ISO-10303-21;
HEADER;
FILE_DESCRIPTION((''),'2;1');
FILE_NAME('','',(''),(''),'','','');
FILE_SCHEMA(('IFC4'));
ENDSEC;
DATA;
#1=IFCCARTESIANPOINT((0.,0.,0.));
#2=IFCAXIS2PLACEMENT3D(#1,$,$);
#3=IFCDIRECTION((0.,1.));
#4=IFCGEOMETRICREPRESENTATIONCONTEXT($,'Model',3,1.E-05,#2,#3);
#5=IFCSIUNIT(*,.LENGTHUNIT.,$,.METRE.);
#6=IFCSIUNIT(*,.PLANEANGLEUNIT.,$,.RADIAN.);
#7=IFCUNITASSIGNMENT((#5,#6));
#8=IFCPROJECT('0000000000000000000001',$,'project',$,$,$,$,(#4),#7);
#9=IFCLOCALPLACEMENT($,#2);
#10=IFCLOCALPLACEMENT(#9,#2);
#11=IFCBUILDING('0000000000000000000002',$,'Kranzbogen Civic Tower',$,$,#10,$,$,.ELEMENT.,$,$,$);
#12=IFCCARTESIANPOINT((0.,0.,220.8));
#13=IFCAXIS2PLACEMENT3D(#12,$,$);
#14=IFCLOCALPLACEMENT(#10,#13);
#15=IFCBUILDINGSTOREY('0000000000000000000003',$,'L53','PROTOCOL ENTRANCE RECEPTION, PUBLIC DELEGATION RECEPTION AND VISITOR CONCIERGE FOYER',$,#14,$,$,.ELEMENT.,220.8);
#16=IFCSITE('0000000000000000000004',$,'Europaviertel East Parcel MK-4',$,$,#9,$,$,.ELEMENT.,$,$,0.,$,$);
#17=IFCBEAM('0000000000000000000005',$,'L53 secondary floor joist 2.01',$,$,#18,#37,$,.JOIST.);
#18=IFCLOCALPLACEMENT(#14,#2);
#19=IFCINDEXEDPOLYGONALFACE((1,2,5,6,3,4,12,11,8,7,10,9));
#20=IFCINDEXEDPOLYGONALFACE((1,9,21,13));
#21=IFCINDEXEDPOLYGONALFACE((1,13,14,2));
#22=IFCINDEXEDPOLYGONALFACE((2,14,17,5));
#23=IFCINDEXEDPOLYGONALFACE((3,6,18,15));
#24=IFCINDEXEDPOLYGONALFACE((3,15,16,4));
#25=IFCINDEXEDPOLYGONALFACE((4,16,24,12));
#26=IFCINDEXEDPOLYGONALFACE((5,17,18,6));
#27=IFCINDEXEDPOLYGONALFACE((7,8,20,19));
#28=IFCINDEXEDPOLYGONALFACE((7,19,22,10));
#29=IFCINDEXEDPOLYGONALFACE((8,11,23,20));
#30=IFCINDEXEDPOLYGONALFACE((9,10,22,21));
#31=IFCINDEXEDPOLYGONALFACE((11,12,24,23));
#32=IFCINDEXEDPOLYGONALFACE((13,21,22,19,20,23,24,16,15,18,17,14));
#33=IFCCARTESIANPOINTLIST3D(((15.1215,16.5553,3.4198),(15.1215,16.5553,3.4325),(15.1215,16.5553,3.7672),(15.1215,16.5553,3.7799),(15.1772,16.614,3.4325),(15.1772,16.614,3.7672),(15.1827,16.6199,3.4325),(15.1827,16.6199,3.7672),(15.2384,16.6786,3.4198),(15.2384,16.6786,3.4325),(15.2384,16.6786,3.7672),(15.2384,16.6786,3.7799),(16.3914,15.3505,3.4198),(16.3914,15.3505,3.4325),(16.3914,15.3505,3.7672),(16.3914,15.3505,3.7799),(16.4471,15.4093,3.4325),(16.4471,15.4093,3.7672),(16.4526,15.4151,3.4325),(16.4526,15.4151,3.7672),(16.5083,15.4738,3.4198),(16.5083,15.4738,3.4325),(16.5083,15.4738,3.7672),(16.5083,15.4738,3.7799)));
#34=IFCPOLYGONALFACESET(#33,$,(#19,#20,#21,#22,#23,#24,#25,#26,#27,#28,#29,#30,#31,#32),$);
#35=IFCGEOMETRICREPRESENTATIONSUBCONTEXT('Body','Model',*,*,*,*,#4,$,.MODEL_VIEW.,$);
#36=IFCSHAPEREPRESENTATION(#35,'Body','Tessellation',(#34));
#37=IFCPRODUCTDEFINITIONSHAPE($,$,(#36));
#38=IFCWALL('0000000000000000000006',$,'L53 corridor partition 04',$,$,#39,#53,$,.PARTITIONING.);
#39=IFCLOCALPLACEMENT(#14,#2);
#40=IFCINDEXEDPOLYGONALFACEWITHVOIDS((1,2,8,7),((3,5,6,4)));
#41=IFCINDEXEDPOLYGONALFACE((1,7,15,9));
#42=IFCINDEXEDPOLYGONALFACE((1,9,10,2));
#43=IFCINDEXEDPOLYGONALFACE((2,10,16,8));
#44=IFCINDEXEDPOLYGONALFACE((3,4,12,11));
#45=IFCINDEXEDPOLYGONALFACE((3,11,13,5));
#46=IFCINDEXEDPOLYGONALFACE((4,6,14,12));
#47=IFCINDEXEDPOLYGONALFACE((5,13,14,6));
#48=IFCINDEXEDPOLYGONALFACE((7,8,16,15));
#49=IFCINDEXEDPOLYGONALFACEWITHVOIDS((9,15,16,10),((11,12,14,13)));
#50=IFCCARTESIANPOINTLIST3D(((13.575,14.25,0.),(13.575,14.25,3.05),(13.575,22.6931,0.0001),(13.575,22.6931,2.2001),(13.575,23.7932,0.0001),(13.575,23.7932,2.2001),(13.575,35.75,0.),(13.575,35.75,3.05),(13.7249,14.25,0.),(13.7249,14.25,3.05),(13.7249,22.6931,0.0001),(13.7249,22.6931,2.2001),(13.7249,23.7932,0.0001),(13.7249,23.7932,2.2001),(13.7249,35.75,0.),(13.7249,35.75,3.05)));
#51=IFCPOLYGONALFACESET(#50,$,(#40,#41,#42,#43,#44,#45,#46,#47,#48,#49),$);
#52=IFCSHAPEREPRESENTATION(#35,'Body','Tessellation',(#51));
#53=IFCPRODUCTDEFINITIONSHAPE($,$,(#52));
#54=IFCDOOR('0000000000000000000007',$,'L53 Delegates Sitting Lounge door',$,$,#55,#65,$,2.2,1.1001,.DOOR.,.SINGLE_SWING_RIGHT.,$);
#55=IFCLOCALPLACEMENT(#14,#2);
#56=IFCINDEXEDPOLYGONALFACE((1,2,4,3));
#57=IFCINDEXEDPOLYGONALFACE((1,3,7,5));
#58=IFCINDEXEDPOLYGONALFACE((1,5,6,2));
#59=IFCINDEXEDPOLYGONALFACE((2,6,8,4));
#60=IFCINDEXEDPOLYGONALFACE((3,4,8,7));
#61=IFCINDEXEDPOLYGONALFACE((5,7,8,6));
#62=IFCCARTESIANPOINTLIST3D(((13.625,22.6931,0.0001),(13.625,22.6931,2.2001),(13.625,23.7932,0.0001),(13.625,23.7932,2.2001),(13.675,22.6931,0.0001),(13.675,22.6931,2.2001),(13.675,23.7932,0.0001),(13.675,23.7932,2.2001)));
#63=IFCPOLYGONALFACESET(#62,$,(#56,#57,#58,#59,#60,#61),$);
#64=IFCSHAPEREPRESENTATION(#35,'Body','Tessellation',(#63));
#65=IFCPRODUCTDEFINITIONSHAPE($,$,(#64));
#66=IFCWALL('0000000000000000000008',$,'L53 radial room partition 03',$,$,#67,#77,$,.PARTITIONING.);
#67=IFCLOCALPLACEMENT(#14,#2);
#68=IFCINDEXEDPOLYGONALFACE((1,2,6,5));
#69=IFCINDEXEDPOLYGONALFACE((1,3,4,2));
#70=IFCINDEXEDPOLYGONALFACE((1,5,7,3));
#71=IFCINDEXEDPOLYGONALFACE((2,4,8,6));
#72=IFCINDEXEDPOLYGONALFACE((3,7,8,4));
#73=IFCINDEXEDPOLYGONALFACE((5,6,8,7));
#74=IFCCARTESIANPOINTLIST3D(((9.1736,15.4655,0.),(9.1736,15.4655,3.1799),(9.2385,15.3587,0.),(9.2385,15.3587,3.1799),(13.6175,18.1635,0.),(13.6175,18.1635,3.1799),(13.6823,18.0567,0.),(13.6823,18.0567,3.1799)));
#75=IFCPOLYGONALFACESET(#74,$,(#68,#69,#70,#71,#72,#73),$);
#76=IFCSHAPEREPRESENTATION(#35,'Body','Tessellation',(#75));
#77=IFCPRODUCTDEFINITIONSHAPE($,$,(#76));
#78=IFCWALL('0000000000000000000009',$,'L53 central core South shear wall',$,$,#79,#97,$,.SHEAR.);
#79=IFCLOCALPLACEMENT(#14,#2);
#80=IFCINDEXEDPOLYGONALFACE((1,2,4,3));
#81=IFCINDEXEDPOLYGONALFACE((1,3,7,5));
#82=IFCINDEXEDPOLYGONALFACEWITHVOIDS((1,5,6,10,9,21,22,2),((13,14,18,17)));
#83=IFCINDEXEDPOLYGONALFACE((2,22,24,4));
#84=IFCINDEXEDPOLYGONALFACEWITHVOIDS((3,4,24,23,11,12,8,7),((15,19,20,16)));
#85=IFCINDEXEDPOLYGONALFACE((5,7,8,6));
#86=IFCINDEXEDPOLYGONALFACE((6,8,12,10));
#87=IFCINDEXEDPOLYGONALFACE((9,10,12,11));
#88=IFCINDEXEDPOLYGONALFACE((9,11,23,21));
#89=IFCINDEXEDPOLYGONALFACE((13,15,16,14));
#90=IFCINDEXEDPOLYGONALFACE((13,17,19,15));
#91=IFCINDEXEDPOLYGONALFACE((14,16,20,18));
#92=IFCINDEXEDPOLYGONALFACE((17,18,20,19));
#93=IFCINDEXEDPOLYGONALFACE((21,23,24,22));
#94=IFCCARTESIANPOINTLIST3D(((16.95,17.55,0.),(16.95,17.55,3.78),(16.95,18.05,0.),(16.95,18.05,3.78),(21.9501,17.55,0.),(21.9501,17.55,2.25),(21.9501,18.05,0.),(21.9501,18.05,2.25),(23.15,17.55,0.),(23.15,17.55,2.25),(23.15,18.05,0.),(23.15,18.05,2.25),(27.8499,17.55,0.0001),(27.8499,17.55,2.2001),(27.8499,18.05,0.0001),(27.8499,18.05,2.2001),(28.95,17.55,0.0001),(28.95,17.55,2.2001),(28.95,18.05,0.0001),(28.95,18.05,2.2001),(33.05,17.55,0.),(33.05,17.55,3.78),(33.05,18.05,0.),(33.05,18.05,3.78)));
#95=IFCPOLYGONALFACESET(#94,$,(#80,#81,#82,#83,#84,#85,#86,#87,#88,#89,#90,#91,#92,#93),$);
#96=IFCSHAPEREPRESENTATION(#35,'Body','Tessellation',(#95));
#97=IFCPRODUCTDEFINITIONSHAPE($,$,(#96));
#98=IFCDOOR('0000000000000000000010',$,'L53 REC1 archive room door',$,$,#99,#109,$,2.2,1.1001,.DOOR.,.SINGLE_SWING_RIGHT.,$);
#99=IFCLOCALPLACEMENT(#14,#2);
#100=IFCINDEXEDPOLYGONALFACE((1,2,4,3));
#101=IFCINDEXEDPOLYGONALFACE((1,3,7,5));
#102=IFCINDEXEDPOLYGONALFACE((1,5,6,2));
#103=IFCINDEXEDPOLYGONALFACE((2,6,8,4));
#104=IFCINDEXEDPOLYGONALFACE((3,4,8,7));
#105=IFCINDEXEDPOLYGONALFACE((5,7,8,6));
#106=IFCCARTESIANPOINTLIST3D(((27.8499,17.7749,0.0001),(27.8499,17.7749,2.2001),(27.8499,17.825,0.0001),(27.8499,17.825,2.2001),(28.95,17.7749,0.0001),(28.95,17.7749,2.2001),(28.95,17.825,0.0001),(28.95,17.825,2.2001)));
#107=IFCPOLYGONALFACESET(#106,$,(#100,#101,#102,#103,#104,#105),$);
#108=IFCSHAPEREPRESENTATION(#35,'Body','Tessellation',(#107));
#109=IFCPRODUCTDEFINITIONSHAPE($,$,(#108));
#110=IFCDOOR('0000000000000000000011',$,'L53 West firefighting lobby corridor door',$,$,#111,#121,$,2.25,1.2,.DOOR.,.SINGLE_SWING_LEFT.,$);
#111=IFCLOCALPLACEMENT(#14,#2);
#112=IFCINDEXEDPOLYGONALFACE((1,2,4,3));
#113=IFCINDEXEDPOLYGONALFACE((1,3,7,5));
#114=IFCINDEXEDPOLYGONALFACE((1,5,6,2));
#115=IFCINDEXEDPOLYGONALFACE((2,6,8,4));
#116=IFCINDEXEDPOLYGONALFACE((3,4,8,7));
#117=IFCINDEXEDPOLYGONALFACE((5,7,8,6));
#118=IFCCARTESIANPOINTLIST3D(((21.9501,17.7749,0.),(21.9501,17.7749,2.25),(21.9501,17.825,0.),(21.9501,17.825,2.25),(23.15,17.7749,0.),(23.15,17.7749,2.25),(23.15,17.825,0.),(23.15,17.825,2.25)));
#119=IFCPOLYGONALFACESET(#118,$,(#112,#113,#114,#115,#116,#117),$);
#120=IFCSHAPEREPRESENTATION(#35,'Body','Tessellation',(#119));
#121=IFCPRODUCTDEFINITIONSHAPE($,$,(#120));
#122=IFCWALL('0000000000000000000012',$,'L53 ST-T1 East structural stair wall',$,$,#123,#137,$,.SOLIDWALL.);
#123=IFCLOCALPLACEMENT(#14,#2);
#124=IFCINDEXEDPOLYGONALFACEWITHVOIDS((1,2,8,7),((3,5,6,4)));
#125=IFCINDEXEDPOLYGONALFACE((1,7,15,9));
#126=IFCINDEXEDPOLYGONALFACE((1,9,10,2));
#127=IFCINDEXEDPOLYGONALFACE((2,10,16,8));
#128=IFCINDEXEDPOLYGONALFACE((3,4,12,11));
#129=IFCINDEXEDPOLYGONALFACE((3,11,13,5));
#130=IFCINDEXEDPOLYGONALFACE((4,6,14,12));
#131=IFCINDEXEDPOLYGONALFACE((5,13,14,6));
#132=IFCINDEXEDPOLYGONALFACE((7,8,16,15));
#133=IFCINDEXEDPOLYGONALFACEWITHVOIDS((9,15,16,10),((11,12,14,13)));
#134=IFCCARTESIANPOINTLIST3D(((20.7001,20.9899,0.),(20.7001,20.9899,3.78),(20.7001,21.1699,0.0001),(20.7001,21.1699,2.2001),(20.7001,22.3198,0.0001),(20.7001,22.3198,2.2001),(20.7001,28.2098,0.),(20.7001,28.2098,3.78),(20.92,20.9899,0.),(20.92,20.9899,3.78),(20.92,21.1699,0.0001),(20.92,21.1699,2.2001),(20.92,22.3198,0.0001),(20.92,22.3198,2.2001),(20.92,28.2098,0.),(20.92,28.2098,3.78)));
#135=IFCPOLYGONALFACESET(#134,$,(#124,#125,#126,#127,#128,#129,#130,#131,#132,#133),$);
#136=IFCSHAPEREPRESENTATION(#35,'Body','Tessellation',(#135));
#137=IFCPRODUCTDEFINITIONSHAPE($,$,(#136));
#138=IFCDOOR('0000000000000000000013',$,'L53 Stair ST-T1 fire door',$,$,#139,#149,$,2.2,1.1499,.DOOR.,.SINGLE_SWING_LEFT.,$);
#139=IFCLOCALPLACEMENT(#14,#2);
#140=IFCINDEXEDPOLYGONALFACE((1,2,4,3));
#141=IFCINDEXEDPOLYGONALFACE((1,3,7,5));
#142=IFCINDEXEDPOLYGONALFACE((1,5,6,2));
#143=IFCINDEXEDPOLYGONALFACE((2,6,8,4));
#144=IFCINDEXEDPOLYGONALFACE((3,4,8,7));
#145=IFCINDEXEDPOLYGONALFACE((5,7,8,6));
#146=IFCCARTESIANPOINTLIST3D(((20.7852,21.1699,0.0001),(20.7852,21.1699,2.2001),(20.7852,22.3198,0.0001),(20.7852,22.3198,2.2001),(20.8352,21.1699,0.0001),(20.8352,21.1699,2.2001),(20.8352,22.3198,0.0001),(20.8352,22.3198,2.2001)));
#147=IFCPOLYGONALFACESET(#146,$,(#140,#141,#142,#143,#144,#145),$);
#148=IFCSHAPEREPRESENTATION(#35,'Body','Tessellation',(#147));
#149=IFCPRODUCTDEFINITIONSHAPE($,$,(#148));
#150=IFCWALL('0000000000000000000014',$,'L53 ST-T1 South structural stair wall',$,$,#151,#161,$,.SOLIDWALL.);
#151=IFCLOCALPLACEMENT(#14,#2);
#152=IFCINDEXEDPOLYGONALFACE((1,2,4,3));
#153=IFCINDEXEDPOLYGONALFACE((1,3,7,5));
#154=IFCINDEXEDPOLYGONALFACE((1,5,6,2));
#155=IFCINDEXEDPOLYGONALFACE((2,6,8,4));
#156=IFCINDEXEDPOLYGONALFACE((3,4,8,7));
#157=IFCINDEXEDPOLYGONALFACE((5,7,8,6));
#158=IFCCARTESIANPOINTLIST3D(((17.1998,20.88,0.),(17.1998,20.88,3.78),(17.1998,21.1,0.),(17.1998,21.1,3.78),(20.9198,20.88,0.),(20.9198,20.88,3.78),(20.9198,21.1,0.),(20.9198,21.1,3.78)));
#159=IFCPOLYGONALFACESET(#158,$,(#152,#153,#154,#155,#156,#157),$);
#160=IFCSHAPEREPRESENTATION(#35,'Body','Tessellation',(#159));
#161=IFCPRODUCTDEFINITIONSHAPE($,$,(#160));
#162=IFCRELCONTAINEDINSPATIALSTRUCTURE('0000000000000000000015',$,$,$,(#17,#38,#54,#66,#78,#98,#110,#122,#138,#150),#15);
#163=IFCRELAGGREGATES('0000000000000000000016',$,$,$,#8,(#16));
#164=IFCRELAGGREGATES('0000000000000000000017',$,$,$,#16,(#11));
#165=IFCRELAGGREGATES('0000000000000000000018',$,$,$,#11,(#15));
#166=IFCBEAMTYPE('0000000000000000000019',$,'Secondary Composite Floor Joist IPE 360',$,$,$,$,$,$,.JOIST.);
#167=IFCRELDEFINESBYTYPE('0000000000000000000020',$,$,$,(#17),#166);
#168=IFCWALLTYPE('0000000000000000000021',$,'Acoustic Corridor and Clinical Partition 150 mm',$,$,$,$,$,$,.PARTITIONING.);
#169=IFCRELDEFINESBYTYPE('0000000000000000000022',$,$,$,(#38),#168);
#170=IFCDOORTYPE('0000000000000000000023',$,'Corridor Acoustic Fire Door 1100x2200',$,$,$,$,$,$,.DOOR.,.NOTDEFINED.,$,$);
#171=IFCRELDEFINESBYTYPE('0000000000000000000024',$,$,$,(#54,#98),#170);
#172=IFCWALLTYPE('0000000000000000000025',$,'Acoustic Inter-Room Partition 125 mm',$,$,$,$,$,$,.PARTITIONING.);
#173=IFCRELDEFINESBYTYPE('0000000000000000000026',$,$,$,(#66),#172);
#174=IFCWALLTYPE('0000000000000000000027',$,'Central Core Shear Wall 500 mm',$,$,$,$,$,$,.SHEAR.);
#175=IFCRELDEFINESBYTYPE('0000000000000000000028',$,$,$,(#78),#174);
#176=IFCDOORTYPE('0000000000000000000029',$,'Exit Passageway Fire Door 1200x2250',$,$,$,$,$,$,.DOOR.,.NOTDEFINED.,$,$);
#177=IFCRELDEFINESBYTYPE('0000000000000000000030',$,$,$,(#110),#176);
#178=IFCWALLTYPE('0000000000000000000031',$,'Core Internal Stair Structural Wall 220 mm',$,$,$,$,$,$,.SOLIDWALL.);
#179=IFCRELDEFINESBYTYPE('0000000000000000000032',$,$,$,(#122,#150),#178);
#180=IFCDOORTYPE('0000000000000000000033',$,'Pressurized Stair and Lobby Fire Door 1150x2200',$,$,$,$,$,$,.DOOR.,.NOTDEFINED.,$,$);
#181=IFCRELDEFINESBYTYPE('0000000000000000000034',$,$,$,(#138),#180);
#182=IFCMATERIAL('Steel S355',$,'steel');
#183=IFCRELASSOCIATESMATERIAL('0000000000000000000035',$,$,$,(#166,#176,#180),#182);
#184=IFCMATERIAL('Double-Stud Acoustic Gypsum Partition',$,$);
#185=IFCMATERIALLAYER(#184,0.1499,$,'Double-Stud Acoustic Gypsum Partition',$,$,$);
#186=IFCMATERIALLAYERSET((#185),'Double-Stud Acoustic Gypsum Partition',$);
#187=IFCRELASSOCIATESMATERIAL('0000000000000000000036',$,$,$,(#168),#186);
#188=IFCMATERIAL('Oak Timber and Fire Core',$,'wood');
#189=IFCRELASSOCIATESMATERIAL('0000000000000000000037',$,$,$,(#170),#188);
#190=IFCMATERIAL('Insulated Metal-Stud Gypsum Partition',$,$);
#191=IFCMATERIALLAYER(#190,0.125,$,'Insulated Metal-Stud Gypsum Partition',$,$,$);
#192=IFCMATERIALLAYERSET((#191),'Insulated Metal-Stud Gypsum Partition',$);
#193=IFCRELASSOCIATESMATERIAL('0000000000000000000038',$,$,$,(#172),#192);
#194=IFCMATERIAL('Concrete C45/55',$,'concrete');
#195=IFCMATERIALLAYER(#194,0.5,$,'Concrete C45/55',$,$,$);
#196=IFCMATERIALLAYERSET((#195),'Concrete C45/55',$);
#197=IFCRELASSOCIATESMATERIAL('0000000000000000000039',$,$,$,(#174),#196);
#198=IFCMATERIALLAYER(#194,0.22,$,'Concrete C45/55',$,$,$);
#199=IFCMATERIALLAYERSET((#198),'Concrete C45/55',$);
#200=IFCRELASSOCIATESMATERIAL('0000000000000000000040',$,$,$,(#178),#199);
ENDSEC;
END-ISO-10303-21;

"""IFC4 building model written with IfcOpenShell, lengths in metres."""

from ifc_helpers import new_model, si_unit, direction, frame, frame_2d, origin, origin_2d, place, context, subcontext, project, spatial, rectangle, i_section, extrude, material, layer, layer_set, material_profile, profile_set, type_object, element, fill, save


model = new_model("IFC4")

# Units and contexts
model_context = context("Model", 3, precision=1e-05, world=origin(), true_north=direction((0.0, 1.0)))
body_context = subcontext(model_context, "Body", "Model", "MODEL_VIEW")
ifc_project = project(units=[si_unit("LENGTHUNIT", "METRE"), si_unit("PLANEANGLEUNIT", "RADIAN")], contexts=[model_context])

# Site, building, storey
site_placement = place(None, origin())
site = spatial("IfcSite", under=ifc_project, at=site_placement, Name="Europaviertel East Parcel MK-4", CompositionType="ELEMENT", RefElevation=0.0)
building_placement = place(site_placement, origin())
building = spatial("IfcBuilding", under=site, at=building_placement, Name="Kranzbogen Civic Tower", CompositionType="ELEMENT")
storey_placement = place(building_placement, frame((0.0, 0.0, 220.8)))
storey = spatial("IfcBuildingStorey", under=building, at=storey_placement, Name="L53", Description="PROTOCOL ENTRANCE RECEPTION, PUBLIC DELEGATION RECEPTION AND VISITOR CONCIERGE FOYER", CompositionType="ELEMENT", Elevation=220.8)

# Shared definitions
ifc_material_1 = material(Name="Steel S355", Category="steel")

# Beam
ifc_material_profile_1 = material_profile(ifc_material_1, i_section(OverallWidth=0.1699, OverallDepth=0.3601, WebThickness=0.0081, FlangeThickness=0.0127, at=origin_2d()), Name="IPE 360")
ifc_profile_set_1 = profile_set([ifc_material_profile_1], Name="Steel S355")
beam_type_1 = type_object("IfcBeamType", Name="Secondary Composite Floor Joist IPE 360", PredefinedType="JOIST", material=ifc_profile_set_1)
beam_1_placement = place(storey_placement, frame((15.1799, 16.6169, 3.5999), z_axis=(0.72548, -0.688243, 0.0), x_axis=(0.688243, 0.72548, 0.0)))
element("IfcBeam", 1, at=beam_1_placement, inside=storey, type_object=beam_type_1, Name="L53 secondary floor joist 2.01", PredefinedType="JOIST", context=body_context, shape_type="SweptSolid", body=[
    extrude(i_section(OverallWidth=0.1699, OverallDepth=0.3601, WebThickness=0.0081, FlangeThickness=0.0127, at=origin_2d()), origin(), (0.0, 0.0, 1.0), 1.7505),
])

# Wall, opening, door
ifc_material_2 = material(Name="Double-Stud Acoustic Gypsum Partition")
ifc_layer_1 = layer(ifc_material_2, 0.1499, Name="Double-Stud Acoustic Gypsum Partition")
ifc_layer_set_1 = layer_set([ifc_layer_1], Name="Double-Stud Acoustic Gypsum Partition")
wall_type_1 = type_object("IfcWallType", Name="Acoustic Corridor and Clinical Partition 150 mm", PredefinedType="PARTITIONING", material=ifc_layer_set_1)
wall_1_placement = place(storey_placement, frame((13.6499, 14.25, 0.0), z_axis=(0.0, 0.0, 1.0), x_axis=(0.0, 1.0, 0.0)))
wall_1 = element("IfcWall", 2, at=wall_1_placement, inside=storey, type_object=wall_type_1, Name="L53 corridor partition 04", PredefinedType="PARTITIONING", context=body_context, shape_type="SweptSolid", body=[
    extrude(rectangle(XDim=21.5, YDim=0.1499, at=frame_2d((10.75, 0.0))), origin(), (0.0, 0.0, 1.0), 3.05),
])
opening_1_placement = place(wall_1_placement, frame((8.4431, 0.0, 0.0)))
opening_1 = element("IfcOpeningElement", 3, at=opening_1_placement, cuts=wall_1, PredefinedType="OPENING", context=body_context, shape_type="SweptSolid", body=[
    extrude(rectangle(XDim=1.1001, YDim=2.2, at=frame_2d((0.55, 1.1001))), frame((0.0, 0.085, 0.0), z_axis=(0.0, -1.0, 0.0), x_axis=(1.0, 0.0, 0.0)), (0.0, 0.0, 1.0), 0.1699),
])
ifc_material_3 = material(Name="Oak Timber and Fire Core", Category="wood")
door_type_1 = type_object("IfcDoorType", Name="Corridor Acoustic Fire Door 1100x2200", OperationType="NOTDEFINED", PredefinedType="DOOR", material=ifc_material_3)
door_1_placement = place(opening_1_placement, origin())
door_1 = element("IfcDoor", 4, at=door_1_placement, inside=storey, type_object=door_type_1, Name="L53 Delegates Sitting Lounge door", OperationType="SINGLE_SWING_RIGHT", OverallHeight=2.2, OverallWidth=1.1001, PredefinedType="DOOR", context=body_context, shape_type="SweptSolid", body=[
    extrude(rectangle(XDim=1.1001, YDim=2.2, at=frame_2d((0.55, 1.1001))), frame((0.0, 0.0249, 0.0), z_axis=(0.0, -1.0, 0.0), x_axis=(1.0, 0.0, 0.0)), (0.0, 0.0, 1.0), 0.05),
])
fill(opening_1, door_1)

# Wall
ifc_material_4 = material(Name="Insulated Metal-Stud Gypsum Partition")
ifc_layer_2 = layer(ifc_material_4, 0.125, Name="Insulated Metal-Stud Gypsum Partition")
ifc_layer_set_2 = layer_set([ifc_layer_2], Name="Insulated Metal-Stud Gypsum Partition")
wall_type_2 = type_object("IfcWallType", Name="Acoustic Inter-Room Partition 125 mm", PredefinedType="PARTITIONING", material=ifc_layer_set_2)
wall_2_placement = place(storey_placement, frame((13.6499, 18.1101, 0.0), z_axis=(0.0, 0.0, 1.0), x_axis=(-0.854792, -0.518971, 0.0)))
element("IfcWall", 5, at=wall_2_placement, inside=storey, type_object=wall_type_2, Name="L53 radial room partition 03", PredefinedType="PARTITIONING", context=body_context, shape_type="SweptSolid", body=[
    extrude(rectangle(XDim=5.1987, YDim=0.125, at=frame_2d((2.5994, 0.0))), origin(), (0.0, 0.0, 1.0), 3.1799),
])

# Wall, openings, doors
ifc_material_5 = material(Name="Concrete C45/55", Category="concrete")
ifc_layer_3 = layer(ifc_material_5, 0.5, Name="Concrete C45/55")
ifc_layer_set_3 = layer_set([ifc_layer_3], Name="Concrete C45/55")
wall_type_3 = type_object("IfcWallType", Name="Central Core Shear Wall 500 mm", PredefinedType="SHEAR", material=ifc_layer_set_3)
wall_3_placement = place(storey_placement, frame((16.95, 17.8, 0.0), z_axis=(0.0, 0.0, 1.0), x_axis=(1.0, 0.0, 0.0)))
wall_3 = element("IfcWall", 6, at=wall_3_placement, inside=storey, type_object=wall_type_3, Name="L53 central core South shear wall", PredefinedType="SHEAR", context=body_context, shape_type="SweptSolid", body=[
    extrude(rectangle(XDim=16.1001, YDim=0.5, at=frame_2d((8.05, 0.0))), origin(), (0.0, 0.0, 1.0), 3.78),
])
opening_2_placement = place(wall_3_placement, frame((5.0, 0.0, 0.0)))
opening_2 = element("IfcOpeningElement", 7, at=opening_2_placement, cuts=wall_3, PredefinedType="OPENING", context=body_context, shape_type="SweptSolid", body=[
    extrude(rectangle(XDim=1.2, YDim=2.25, at=frame_2d((0.6001, 1.125))), frame((0.0, 0.26, 0.0), z_axis=(0.0, -1.0, 0.0), x_axis=(1.0, 0.0, 0.0)), (0.0, 0.0, 1.0), 0.52),
])
opening_3_placement = place(wall_3_placement, frame((10.8999, 0.0, 0.0)))
opening_3 = element("IfcOpeningElement", 8, at=opening_3_placement, cuts=wall_3, PredefinedType="OPENING", context=body_context, shape_type="SweptSolid", body=[
    extrude(rectangle(XDim=1.1001, YDim=2.2, at=frame_2d((0.55, 1.1001))), frame((0.0, 0.26, 0.0), z_axis=(0.0, -1.0, 0.0), x_axis=(1.0, 0.0, 0.0)), (0.0, 0.0, 1.0), 0.52),
])
door_2_placement = place(opening_3_placement, origin())
door_2 = element("IfcDoor", 9, at=door_2_placement, inside=storey, type_object=door_type_1, Name="L53 REC1 archive room door", OperationType="SINGLE_SWING_RIGHT", OverallHeight=2.2, OverallWidth=1.1001, PredefinedType="DOOR", context=body_context, shape_type="SweptSolid", body=[
    extrude(rectangle(XDim=1.1001, YDim=2.2, at=frame_2d((0.55, 1.1001))), frame((0.0, 0.0249, 0.0), z_axis=(0.0, -1.0, 0.0), x_axis=(1.0, 0.0, 0.0)), (0.0, 0.0, 1.0), 0.05),
])
fill(opening_3, door_2)
door_type_2 = type_object("IfcDoorType", Name="Exit Passageway Fire Door 1200x2250", OperationType="NOTDEFINED", PredefinedType="DOOR", material=ifc_material_1)
door_3_placement = place(opening_2_placement, origin())
door_3 = element("IfcDoor", 10, at=door_3_placement, inside=storey, type_object=door_type_2, Name="L53 West firefighting lobby corridor door", OperationType="SINGLE_SWING_LEFT", OverallHeight=2.25, OverallWidth=1.2, PredefinedType="DOOR", context=body_context, shape_type="SweptSolid", body=[
    extrude(rectangle(XDim=1.2, YDim=2.25, at=frame_2d((0.6001, 1.125))), frame((0.0, 0.0249, 0.0), z_axis=(0.0, -1.0, 0.0), x_axis=(1.0, 0.0, 0.0)), (0.0, 0.0, 1.0), 0.05),
])
fill(opening_2, door_3)

# Wall, opening, door
ifc_layer_4 = layer(ifc_material_5, 0.22, Name="Concrete C45/55")
ifc_layer_set_4 = layer_set([ifc_layer_4], Name="Concrete C45/55")
wall_type_4 = type_object("IfcWallType", Name="Core Internal Stair Structural Wall 220 mm", PredefinedType="SOLIDWALL", material=ifc_layer_set_4)
wall_4_placement = place(storey_placement, frame((20.8101, 20.99, 0.0), z_axis=(0.0, 0.0, 1.0), x_axis=(0.0, 1.0, 0.0)))
wall_4 = element("IfcWall", 11, at=wall_4_placement, inside=storey, type_object=wall_type_4, Name="L53 ST-T1 East structural stair wall", PredefinedType="SOLIDWALL", context=body_context, shape_type="SweptSolid", body=[
    extrude(rectangle(XDim=7.22, YDim=0.22, at=frame_2d((3.6099, 0.0))), origin(), (0.0, 0.0, 1.0), 3.78),
])
opening_4_placement = place(wall_4_placement, frame((0.1799, 0.0, 0.0)))
opening_4 = element("IfcOpeningElement", 12, at=opening_4_placement, cuts=wall_4, PredefinedType="OPENING", context=body_context, shape_type="SweptSolid", body=[
    extrude(rectangle(XDim=1.1499, YDim=2.2, at=frame_2d((0.575, 1.1001))), frame((0.0, 0.1201, 0.0), z_axis=(0.0, -1.0, 0.0), x_axis=(1.0, 0.0, 0.0)), (0.0, 0.0, 1.0), 0.24),
])
door_type_3 = type_object("IfcDoorType", Name="Pressurized Stair and Lobby Fire Door 1150x2200", OperationType="NOTDEFINED", PredefinedType="DOOR", material=ifc_material_1)
door_4_placement = place(opening_4_placement, origin())
door_4 = element("IfcDoor", 13, at=door_4_placement, inside=storey, type_object=door_type_3, Name="L53 Stair ST-T1 fire door", OperationType="SINGLE_SWING_LEFT", OverallHeight=2.2, OverallWidth=1.1499, PredefinedType="DOOR", context=body_context, shape_type="SweptSolid", body=[
    extrude(rectangle(XDim=1.1499, YDim=2.2, at=frame_2d((0.575, 1.1001))), frame((0.0, 0.0249, 0.0), z_axis=(0.0, -1.0, 0.0), x_axis=(1.0, 0.0, 0.0)), (0.0, 0.0, 1.0), 0.05),
])
fill(opening_4, door_4)

# Wall
wall_5_placement = place(storey_placement, frame((17.2, 20.99, 0.0), z_axis=(0.0, 0.0, 1.0), x_axis=(1.0, 0.0, 0.0)))
element("IfcWall", 14, at=wall_5_placement, inside=storey, type_object=wall_type_4, Name="L53 ST-T1 South structural stair wall", PredefinedType="SOLIDWALL", context=body_context, shape_type="SweptSolid", body=[
    extrude(rectangle(XDim=3.72, YDim=0.22, at=frame_2d((1.8599, 0.0))), origin(), (0.0, 0.0, 1.0), 3.78),
])

save(model, "model.ifc")
